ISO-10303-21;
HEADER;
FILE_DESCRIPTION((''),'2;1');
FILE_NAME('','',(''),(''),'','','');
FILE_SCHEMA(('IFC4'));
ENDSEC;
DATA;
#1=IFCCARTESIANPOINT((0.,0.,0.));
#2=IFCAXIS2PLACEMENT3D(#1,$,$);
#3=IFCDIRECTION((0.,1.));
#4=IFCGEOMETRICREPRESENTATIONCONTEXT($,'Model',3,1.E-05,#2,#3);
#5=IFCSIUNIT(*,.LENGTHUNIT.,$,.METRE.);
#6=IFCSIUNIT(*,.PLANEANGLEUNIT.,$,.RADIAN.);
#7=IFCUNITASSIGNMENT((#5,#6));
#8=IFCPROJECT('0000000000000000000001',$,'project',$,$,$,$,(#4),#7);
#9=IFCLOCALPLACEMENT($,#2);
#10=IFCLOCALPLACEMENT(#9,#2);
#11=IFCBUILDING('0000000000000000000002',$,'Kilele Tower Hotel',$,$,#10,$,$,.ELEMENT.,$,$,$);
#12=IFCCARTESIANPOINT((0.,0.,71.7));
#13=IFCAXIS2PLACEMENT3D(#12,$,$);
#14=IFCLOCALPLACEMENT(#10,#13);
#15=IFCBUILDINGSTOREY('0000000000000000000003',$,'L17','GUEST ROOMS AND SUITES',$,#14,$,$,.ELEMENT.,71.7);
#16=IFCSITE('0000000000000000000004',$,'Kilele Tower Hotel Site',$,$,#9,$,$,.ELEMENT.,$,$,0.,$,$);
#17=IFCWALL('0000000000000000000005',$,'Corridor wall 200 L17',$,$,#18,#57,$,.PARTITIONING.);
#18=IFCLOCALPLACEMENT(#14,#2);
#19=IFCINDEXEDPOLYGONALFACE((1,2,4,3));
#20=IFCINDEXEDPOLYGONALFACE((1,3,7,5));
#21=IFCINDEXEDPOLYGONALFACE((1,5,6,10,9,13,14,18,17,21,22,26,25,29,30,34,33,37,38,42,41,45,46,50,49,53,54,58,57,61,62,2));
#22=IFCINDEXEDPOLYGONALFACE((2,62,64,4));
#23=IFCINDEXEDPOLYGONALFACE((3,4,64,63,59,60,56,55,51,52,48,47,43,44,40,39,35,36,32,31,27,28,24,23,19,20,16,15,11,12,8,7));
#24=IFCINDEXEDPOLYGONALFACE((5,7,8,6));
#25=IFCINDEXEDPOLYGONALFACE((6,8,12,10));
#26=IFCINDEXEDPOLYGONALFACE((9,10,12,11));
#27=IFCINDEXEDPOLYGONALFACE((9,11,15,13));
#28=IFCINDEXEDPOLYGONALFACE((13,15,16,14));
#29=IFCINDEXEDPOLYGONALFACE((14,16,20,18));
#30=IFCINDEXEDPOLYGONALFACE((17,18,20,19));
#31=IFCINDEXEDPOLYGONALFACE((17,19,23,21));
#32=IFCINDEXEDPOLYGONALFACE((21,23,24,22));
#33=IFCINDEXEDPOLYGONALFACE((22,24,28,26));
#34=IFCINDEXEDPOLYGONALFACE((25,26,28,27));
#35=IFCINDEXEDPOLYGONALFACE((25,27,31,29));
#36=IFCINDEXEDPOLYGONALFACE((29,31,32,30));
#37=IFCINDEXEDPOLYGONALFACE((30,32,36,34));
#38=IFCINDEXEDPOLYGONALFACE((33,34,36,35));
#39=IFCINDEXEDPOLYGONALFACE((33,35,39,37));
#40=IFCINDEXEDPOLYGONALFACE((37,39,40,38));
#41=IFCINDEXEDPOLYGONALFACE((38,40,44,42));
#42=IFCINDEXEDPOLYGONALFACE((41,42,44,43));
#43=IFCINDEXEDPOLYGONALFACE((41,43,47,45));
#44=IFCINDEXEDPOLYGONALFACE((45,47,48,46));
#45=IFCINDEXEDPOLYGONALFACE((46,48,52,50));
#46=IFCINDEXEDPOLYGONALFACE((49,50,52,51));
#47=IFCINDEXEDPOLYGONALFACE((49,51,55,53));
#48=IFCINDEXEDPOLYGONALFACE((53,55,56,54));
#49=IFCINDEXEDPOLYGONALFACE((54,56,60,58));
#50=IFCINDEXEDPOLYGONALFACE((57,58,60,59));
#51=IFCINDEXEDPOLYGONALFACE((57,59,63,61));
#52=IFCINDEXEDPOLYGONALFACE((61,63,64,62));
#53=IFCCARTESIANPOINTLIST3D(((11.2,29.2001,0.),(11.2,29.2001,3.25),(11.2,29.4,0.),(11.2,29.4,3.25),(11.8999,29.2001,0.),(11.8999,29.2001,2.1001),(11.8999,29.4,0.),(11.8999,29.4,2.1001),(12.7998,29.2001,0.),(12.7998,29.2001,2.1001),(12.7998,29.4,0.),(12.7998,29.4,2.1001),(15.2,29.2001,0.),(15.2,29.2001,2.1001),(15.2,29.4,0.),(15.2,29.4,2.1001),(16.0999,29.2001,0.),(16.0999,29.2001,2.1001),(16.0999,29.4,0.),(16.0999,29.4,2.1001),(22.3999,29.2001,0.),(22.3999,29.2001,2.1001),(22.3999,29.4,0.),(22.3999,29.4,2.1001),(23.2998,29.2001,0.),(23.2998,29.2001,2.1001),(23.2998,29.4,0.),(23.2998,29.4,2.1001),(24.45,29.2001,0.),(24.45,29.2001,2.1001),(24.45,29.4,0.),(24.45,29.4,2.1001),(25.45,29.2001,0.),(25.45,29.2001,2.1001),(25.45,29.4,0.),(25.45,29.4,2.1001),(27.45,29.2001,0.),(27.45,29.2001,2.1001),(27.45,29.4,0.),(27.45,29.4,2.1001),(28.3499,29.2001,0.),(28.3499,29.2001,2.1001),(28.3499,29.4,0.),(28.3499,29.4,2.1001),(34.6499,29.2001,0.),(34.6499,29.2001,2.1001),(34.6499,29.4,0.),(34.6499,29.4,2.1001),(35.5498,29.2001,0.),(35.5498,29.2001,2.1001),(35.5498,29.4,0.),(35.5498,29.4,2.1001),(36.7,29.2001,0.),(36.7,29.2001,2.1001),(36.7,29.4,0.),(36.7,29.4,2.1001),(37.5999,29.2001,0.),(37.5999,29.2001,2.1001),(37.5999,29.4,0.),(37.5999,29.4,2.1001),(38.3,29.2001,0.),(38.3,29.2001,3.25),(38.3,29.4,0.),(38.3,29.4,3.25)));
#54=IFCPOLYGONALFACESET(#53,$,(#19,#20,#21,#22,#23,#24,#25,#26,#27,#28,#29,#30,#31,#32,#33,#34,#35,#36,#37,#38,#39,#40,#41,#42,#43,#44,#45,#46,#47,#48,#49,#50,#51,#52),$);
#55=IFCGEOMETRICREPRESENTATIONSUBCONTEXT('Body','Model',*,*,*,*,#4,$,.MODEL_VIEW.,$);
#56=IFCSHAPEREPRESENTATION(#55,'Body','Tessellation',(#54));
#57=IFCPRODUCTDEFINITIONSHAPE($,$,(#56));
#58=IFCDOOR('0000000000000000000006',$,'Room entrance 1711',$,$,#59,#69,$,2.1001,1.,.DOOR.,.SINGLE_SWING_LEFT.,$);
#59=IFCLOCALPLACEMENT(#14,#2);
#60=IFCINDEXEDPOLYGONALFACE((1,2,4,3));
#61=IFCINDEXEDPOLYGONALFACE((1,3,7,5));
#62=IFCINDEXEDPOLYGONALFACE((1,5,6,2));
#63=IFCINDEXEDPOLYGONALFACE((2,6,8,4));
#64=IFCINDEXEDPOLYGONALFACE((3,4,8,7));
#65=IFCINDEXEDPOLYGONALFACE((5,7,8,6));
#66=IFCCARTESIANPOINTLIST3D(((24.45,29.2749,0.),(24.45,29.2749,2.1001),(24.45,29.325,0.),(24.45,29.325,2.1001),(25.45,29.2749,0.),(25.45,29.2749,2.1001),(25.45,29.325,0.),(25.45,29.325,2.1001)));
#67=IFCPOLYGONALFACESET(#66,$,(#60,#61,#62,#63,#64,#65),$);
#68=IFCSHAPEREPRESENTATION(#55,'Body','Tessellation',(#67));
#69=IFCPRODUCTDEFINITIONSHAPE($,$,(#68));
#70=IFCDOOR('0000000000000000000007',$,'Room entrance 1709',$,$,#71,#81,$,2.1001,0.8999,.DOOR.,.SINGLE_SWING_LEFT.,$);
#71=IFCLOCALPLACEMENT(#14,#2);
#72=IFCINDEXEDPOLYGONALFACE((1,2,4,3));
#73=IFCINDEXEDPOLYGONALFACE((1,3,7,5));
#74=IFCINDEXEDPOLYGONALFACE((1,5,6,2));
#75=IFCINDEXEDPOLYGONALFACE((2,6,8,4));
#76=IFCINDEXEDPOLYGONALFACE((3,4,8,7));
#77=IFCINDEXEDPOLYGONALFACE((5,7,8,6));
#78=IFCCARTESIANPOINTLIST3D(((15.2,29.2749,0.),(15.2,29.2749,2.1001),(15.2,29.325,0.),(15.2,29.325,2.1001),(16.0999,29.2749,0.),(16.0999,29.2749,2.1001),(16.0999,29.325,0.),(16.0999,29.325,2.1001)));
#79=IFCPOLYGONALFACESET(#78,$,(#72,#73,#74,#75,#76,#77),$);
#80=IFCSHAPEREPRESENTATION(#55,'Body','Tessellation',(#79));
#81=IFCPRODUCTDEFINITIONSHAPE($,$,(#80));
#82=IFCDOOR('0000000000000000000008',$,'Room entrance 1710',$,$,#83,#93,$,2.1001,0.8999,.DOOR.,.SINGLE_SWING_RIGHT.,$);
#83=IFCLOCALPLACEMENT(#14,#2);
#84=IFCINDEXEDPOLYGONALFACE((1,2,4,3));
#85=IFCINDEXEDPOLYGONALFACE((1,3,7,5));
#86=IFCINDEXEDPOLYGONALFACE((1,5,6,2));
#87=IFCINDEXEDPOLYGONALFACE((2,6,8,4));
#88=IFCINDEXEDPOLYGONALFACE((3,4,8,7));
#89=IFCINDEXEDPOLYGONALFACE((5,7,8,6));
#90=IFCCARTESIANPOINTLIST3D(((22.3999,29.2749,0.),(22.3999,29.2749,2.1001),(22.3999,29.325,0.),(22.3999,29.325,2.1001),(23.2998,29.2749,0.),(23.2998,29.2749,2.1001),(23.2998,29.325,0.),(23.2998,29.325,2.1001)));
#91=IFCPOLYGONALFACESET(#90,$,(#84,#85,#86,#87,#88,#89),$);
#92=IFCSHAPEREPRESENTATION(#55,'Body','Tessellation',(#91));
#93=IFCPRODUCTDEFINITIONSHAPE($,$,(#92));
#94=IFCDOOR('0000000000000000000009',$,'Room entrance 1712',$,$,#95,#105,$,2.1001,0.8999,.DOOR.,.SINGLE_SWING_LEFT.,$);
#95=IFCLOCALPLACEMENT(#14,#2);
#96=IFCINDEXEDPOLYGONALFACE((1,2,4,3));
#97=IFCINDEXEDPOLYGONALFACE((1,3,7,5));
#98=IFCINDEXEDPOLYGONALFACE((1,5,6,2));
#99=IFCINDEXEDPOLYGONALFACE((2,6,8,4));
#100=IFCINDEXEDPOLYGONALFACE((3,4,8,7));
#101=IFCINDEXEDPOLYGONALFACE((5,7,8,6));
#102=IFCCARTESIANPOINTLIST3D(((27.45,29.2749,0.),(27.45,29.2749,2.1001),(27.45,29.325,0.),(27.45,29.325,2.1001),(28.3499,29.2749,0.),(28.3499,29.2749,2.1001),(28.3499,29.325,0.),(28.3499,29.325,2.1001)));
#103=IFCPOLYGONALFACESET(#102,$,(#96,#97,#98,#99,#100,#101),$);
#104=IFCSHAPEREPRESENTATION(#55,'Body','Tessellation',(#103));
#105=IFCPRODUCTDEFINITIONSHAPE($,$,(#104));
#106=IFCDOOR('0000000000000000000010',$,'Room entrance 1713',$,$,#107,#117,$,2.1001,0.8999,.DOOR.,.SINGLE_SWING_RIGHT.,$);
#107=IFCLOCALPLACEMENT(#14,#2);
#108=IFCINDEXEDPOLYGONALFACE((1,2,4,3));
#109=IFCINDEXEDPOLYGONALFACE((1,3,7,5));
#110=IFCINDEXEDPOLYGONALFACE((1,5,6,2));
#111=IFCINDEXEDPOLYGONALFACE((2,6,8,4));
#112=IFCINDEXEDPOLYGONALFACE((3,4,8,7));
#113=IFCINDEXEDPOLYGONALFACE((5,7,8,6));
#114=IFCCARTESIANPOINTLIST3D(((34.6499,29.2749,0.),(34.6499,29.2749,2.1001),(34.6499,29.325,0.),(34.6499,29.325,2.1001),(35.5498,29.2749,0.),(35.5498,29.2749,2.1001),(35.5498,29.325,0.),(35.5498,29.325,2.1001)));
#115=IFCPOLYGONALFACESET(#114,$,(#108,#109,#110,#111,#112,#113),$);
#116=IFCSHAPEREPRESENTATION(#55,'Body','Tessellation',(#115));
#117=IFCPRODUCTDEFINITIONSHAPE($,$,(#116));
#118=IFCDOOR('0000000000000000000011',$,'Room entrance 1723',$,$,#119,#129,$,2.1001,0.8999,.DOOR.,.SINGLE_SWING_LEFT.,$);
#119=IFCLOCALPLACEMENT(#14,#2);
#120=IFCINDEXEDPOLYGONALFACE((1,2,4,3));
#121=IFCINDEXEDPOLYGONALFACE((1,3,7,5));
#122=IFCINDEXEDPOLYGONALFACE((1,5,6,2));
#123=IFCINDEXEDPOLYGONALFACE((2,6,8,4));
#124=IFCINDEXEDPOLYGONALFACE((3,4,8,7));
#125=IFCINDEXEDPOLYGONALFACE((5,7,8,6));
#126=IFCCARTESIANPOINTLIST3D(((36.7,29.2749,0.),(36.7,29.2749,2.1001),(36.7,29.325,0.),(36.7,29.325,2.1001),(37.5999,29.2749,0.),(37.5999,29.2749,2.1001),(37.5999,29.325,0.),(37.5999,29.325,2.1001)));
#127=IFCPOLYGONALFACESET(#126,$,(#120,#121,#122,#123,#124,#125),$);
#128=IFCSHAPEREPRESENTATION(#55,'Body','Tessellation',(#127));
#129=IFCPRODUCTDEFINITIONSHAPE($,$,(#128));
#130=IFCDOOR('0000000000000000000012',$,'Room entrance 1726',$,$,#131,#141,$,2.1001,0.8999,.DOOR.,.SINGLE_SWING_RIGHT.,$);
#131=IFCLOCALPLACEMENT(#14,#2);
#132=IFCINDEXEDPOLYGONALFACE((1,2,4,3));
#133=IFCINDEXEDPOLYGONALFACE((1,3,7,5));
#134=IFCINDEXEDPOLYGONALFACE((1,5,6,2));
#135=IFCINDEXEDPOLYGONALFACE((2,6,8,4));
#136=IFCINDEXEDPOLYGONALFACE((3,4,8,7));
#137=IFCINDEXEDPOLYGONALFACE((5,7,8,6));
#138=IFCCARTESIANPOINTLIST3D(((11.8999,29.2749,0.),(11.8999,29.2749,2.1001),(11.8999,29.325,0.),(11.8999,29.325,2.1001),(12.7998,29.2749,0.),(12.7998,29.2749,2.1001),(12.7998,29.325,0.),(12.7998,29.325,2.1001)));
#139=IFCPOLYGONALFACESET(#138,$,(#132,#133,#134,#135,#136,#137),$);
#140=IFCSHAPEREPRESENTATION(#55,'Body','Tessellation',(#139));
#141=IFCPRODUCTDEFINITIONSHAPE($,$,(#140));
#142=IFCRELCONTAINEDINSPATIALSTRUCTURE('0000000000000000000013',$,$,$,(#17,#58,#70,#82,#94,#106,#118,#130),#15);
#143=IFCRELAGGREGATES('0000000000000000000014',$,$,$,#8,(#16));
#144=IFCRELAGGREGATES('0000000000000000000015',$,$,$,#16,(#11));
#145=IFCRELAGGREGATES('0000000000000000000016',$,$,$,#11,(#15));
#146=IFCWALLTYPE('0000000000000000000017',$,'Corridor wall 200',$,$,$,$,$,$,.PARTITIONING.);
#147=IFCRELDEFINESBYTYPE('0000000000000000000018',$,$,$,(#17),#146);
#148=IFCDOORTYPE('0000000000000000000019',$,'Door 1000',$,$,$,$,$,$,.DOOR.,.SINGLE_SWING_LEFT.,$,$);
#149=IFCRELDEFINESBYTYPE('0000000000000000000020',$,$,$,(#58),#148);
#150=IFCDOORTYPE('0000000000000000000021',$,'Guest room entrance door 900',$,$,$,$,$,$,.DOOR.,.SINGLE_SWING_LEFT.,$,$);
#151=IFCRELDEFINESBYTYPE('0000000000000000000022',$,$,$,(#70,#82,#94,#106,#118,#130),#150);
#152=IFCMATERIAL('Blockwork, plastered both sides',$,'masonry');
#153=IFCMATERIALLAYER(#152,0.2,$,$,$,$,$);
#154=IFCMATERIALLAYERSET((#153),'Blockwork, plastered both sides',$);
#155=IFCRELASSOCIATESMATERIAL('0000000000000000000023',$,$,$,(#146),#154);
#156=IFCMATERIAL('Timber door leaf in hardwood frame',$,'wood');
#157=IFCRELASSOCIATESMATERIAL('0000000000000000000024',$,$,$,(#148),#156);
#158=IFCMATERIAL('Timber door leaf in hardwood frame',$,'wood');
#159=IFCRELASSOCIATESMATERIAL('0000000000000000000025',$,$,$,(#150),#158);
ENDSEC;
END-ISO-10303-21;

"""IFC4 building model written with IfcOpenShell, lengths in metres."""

from ifc_helpers import new_model, si_unit, direction, frame, frame_2d, origin, place, context, subcontext, project, spatial, rectangle, extrude, material, layer, layer_set, type_object, element, fill, save


model = new_model("IFC4")

# Units and contexts
model_context = context("Model", 3, precision=1e-05, world=origin(), true_north=direction((0.0, 1.0)))
body_context = subcontext(model_context, "Body", "Model", "MODEL_VIEW")
ifc_project = project(units=[si_unit("LENGTHUNIT", "METRE"), si_unit("PLANEANGLEUNIT", "RADIAN")], contexts=[model_context])

# Site, building, storey
site_placement = place(None, origin())
site = spatial("IfcSite", under=ifc_project, at=site_placement, Name="Kilele Tower Hotel Site", CompositionType="ELEMENT", RefElevation=0.0)
building_placement = place(site_placement, origin())
building = spatial("IfcBuilding", under=site, at=building_placement, Name="Kilele Tower Hotel", CompositionType="ELEMENT")
storey_placement = place(building_placement, frame((0.0, 0.0, 71.7)))
storey = spatial("IfcBuildingStorey", under=building, at=storey_placement, Name="L17", Description="GUEST ROOMS AND SUITES", CompositionType="ELEMENT", Elevation=71.7)

# Wall, openings, doors
ifc_material_1 = material(Name="Blockwork, plastered both sides", Category="masonry")
ifc_layer_1 = layer(ifc_material_1, 0.2)
ifc_layer_set_1 = layer_set([ifc_layer_1], Name="Blockwork, plastered both sides")
wall_type_1 = type_object("IfcWallType", Name="Corridor wall 200", PredefinedType="PARTITIONING", material=ifc_layer_set_1)
wall_1_placement = place(storey_placement, frame((11.2, 29.3, 0.0), z_axis=(0.0, 0.0, 1.0), x_axis=(1.0, 0.0, 0.0)))
wall_1 = element("IfcWall", 1, at=wall_1_placement, inside=storey, type_object=wall_type_1, Name="Corridor wall 200 L17", PredefinedType="PARTITIONING", context=body_context, shape_type="SweptSolid", body=[
    extrude(rectangle(XDim=27.1001, YDim=0.2, at=frame_2d((13.55, 0.0))), origin(), (0.0, 0.0, 1.0), 3.25),
])
opening_1_placement = place(wall_1_placement, frame((4.0, 0.0, 0.0)))
opening_1 = element("IfcOpeningElement", 2, at=opening_1_placement, cuts=wall_1, PredefinedType="OPENING", context=body_context, shape_type="SweptSolid", body=[
    extrude(rectangle(XDim=0.8999, YDim=2.1001, at=frame_2d((0.45, 1.05))), frame((0.0, 0.1099, 0.0), z_axis=(0.0, -1.0, 0.0), x_axis=(1.0, 0.0, 0.0)), (0.0, 0.0, 1.0), 0.22),
])
opening_2_placement = place(wall_1_placement, frame((11.2, 0.0, 0.0)))
opening_2 = element("IfcOpeningElement", 3, at=opening_2_placement, cuts=wall_1, PredefinedType="OPENING", context=body_context, shape_type="SweptSolid", body=[
    extrude(rectangle(XDim=0.8999, YDim=2.1001, at=frame_2d((0.45, 1.05))), frame((0.0, 0.1099, 0.0), z_axis=(0.0, -1.0, 0.0), x_axis=(1.0, 0.0, 0.0)), (0.0, 0.0, 1.0), 0.22),
])
opening_3_placement = place(wall_1_placement, frame((13.25, 0.0, 0.0)))
opening_3 = element("IfcOpeningElement", 4, at=opening_3_placement, cuts=wall_1, PredefinedType="OPENING", context=body_context, shape_type="SweptSolid", body=[
    extrude(rectangle(XDim=1.0, YDim=2.1001, at=frame_2d((0.5, 1.05))), frame((0.0, 0.1099, 0.0), z_axis=(0.0, -1.0, 0.0), x_axis=(1.0, 0.0, 0.0)), (0.0, 0.0, 1.0), 0.22),
])
opening_4_placement = place(wall_1_placement, frame((16.25, 0.0, 0.0)))
opening_4 = element("IfcOpeningElement", 5, at=opening_4_placement, cuts=wall_1, PredefinedType="OPENING", context=body_context, shape_type="SweptSolid", body=[
    extrude(rectangle(XDim=0.8999, YDim=2.1001, at=frame_2d((0.45, 1.05))), frame((0.0, 0.1099, 0.0), z_axis=(0.0, -1.0, 0.0), x_axis=(1.0, 0.0, 0.0)), (0.0, 0.0, 1.0), 0.22),
])
opening_5_placement = place(wall_1_placement, frame((23.45, 0.0, 0.0)))
opening_5 = element("IfcOpeningElement", 6, at=opening_5_placement, cuts=wall_1, PredefinedType="OPENING", context=body_context, shape_type="SweptSolid", body=[
    extrude(rectangle(XDim=0.8999, YDim=2.1001, at=frame_2d((0.45, 1.05))), frame((0.0, 0.1099, 0.0), z_axis=(0.0, -1.0, 0.0), x_axis=(1.0, 0.0, 0.0)), (0.0, 0.0, 1.0), 0.22),
])
opening_6_placement = place(wall_1_placement, frame((25.5, 0.0, 0.0)))
opening_6 = element("IfcOpeningElement", 7, at=opening_6_placement, cuts=wall_1, PredefinedType="OPENING", context=body_context, shape_type="SweptSolid", body=[
    extrude(rectangle(XDim=0.8999, YDim=2.1001, at=frame_2d((0.45, 1.05))), frame((0.0, 0.1099, 0.0), z_axis=(0.0, -1.0, 0.0), x_axis=(1.0, 0.0, 0.0)), (0.0, 0.0, 1.0), 0.22),
])
opening_7_placement = place(wall_1_placement, frame((0.7, 0.0, 0.0)))
opening_7 = element("IfcOpeningElement", 8, at=opening_7_placement, cuts=wall_1, PredefinedType="OPENING", context=body_context, shape_type="SweptSolid", body=[
    extrude(rectangle(XDim=0.8999, YDim=2.1001, at=frame_2d((0.45, 1.05))), frame((0.0, 0.1099, 0.0), z_axis=(0.0, -1.0, 0.0), x_axis=(1.0, 0.0, 0.0)), (0.0, 0.0, 1.0), 0.22),
])
ifc_material_2 = material(Name="Timber door leaf in hardwood frame", Category="wood")
door_type_1 = type_object("IfcDoorType", Name="Door 1000", OperationType="SINGLE_SWING_LEFT", PredefinedType="DOOR", material=ifc_material_2)
door_1_placement = place(opening_3_placement, origin())
door_1 = element("IfcDoor", 9, at=door_1_placement, inside=storey, type_object=door_type_1, Name="Room entrance 1711", OperationType="SINGLE_SWING_LEFT", OverallHeight=2.1001, OverallWidth=1.0, PredefinedType="DOOR", context=body_context, shape_type="SweptSolid", body=[
    extrude(rectangle(XDim=1.0, YDim=2.1001, at=frame_2d((0.5, 1.05))), frame((0.0, 0.0249, 0.0), z_axis=(0.0, -1.0, 0.0), x_axis=(1.0, 0.0, 0.0)), (0.0, 0.0, 1.0), 0.05),
])
fill(opening_3, door_1)
ifc_material_3 = material(Name="Timber door leaf in hardwood frame", Category="wood")
door_type_2 = type_object("IfcDoorType", Name="Guest room entrance door 900", OperationType="SINGLE_SWING_LEFT", PredefinedType="DOOR", material=ifc_material_3)
door_2_placement = place(opening_1_placement, origin())
door_2 = element("IfcDoor", 10, at=door_2_placement, inside=storey, type_object=door_type_2, Name="Room entrance 1709", OperationType="SINGLE_SWING_LEFT", OverallHeight=2.1001, OverallWidth=0.8999, PredefinedType="DOOR", context=body_context, shape_type="SweptSolid", body=[
    extrude(rectangle(XDim=0.8999, YDim=2.1001, at=frame_2d((0.45, 1.05))), frame((0.0, 0.0249, 0.0), z_axis=(0.0, -1.0, 0.0), x_axis=(1.0, 0.0, 0.0)), (0.0, 0.0, 1.0), 0.05),
])
fill(opening_1, door_2)
door_3_placement = place(opening_2_placement, origin())
door_3 = element("IfcDoor", 11, at=door_3_placement, inside=storey, type_object=door_type_2, Name="Room entrance 1710", OperationType="SINGLE_SWING_RIGHT", OverallHeight=2.1001, OverallWidth=0.8999, PredefinedType="DOOR", context=body_context, shape_type="SweptSolid", body=[
    extrude(rectangle(XDim=0.8999, YDim=2.1001, at=frame_2d((0.45, 1.05))), frame((0.0, 0.0249, 0.0), z_axis=(0.0, -1.0, 0.0), x_axis=(1.0, 0.0, 0.0)), (0.0, 0.0, 1.0), 0.05),
])
fill(opening_2, door_3)
door_4_placement = place(opening_4_placement, origin())
door_4 = element("IfcDoor", 12, at=door_4_placement, inside=storey, type_object=door_type_2, Name="Room entrance 1712", OperationType="SINGLE_SWING_LEFT", OverallHeight=2.1001, OverallWidth=0.8999, PredefinedType="DOOR", context=body_context, shape_type="SweptSolid", body=[
    extrude(rectangle(XDim=0.8999, YDim=2.1001, at=frame_2d((0.45, 1.05))), frame((0.0, 0.0249, 0.0), z_axis=(0.0, -1.0, 0.0), x_axis=(1.0, 0.0, 0.0)), (0.0, 0.0, 1.0), 0.05),
])
fill(opening_4, door_4)
door_5_placement = place(opening_5_placement, origin())
door_5 = element("IfcDoor", 13, at=door_5_placement, inside=storey, type_object=door_type_2, Name="Room entrance 1713", OperationType="SINGLE_SWING_RIGHT", OverallHeight=2.1001, OverallWidth=0.8999, PredefinedType="DOOR", context=body_context, shape_type="SweptSolid", body=[
    extrude(rectangle(XDim=0.8999, YDim=2.1001, at=frame_2d((0.45, 1.05))), frame((0.0, 0.0249, 0.0), z_axis=(0.0, -1.0, 0.0), x_axis=(1.0, 0.0, 0.0)), (0.0, 0.0, 1.0), 0.05),
])
fill(opening_5, door_5)
door_6_placement = place(opening_6_placement, origin())
door_6 = element("IfcDoor", 14, at=door_6_placement, inside=storey, type_object=door_type_2, Name="Room entrance 1723", OperationType="SINGLE_SWING_LEFT", OverallHeight=2.1001, OverallWidth=0.8999, PredefinedType="DOOR", context=body_context, shape_type="SweptSolid", body=[
    extrude(rectangle(XDim=0.8999, YDim=2.1001, at=frame_2d((0.45, 1.05))), frame((0.0, 0.0249, 0.0), z_axis=(0.0, -1.0, 0.0), x_axis=(1.0, 0.0, 0.0)), (0.0, 0.0, 1.0), 0.05),
])
fill(opening_6, door_6)
door_7_placement = place(opening_7_placement, origin())
door_7 = element("IfcDoor", 15, at=door_7_placement, inside=storey, type_object=door_type_2, Name="Room entrance 1726", OperationType="SINGLE_SWING_RIGHT", OverallHeight=2.1001, OverallWidth=0.8999, PredefinedType="DOOR", context=body_context, shape_type="SweptSolid", body=[
    extrude(rectangle(XDim=0.8999, YDim=2.1001, at=frame_2d((0.45, 1.05))), frame((0.0, 0.0249, 0.0), z_axis=(0.0, -1.0, 0.0), x_axis=(1.0, 0.0, 0.0)), (0.0, 0.0, 1.0), 0.05),
])
fill(opening_7, door_7)

save(model, "model.ifc")
